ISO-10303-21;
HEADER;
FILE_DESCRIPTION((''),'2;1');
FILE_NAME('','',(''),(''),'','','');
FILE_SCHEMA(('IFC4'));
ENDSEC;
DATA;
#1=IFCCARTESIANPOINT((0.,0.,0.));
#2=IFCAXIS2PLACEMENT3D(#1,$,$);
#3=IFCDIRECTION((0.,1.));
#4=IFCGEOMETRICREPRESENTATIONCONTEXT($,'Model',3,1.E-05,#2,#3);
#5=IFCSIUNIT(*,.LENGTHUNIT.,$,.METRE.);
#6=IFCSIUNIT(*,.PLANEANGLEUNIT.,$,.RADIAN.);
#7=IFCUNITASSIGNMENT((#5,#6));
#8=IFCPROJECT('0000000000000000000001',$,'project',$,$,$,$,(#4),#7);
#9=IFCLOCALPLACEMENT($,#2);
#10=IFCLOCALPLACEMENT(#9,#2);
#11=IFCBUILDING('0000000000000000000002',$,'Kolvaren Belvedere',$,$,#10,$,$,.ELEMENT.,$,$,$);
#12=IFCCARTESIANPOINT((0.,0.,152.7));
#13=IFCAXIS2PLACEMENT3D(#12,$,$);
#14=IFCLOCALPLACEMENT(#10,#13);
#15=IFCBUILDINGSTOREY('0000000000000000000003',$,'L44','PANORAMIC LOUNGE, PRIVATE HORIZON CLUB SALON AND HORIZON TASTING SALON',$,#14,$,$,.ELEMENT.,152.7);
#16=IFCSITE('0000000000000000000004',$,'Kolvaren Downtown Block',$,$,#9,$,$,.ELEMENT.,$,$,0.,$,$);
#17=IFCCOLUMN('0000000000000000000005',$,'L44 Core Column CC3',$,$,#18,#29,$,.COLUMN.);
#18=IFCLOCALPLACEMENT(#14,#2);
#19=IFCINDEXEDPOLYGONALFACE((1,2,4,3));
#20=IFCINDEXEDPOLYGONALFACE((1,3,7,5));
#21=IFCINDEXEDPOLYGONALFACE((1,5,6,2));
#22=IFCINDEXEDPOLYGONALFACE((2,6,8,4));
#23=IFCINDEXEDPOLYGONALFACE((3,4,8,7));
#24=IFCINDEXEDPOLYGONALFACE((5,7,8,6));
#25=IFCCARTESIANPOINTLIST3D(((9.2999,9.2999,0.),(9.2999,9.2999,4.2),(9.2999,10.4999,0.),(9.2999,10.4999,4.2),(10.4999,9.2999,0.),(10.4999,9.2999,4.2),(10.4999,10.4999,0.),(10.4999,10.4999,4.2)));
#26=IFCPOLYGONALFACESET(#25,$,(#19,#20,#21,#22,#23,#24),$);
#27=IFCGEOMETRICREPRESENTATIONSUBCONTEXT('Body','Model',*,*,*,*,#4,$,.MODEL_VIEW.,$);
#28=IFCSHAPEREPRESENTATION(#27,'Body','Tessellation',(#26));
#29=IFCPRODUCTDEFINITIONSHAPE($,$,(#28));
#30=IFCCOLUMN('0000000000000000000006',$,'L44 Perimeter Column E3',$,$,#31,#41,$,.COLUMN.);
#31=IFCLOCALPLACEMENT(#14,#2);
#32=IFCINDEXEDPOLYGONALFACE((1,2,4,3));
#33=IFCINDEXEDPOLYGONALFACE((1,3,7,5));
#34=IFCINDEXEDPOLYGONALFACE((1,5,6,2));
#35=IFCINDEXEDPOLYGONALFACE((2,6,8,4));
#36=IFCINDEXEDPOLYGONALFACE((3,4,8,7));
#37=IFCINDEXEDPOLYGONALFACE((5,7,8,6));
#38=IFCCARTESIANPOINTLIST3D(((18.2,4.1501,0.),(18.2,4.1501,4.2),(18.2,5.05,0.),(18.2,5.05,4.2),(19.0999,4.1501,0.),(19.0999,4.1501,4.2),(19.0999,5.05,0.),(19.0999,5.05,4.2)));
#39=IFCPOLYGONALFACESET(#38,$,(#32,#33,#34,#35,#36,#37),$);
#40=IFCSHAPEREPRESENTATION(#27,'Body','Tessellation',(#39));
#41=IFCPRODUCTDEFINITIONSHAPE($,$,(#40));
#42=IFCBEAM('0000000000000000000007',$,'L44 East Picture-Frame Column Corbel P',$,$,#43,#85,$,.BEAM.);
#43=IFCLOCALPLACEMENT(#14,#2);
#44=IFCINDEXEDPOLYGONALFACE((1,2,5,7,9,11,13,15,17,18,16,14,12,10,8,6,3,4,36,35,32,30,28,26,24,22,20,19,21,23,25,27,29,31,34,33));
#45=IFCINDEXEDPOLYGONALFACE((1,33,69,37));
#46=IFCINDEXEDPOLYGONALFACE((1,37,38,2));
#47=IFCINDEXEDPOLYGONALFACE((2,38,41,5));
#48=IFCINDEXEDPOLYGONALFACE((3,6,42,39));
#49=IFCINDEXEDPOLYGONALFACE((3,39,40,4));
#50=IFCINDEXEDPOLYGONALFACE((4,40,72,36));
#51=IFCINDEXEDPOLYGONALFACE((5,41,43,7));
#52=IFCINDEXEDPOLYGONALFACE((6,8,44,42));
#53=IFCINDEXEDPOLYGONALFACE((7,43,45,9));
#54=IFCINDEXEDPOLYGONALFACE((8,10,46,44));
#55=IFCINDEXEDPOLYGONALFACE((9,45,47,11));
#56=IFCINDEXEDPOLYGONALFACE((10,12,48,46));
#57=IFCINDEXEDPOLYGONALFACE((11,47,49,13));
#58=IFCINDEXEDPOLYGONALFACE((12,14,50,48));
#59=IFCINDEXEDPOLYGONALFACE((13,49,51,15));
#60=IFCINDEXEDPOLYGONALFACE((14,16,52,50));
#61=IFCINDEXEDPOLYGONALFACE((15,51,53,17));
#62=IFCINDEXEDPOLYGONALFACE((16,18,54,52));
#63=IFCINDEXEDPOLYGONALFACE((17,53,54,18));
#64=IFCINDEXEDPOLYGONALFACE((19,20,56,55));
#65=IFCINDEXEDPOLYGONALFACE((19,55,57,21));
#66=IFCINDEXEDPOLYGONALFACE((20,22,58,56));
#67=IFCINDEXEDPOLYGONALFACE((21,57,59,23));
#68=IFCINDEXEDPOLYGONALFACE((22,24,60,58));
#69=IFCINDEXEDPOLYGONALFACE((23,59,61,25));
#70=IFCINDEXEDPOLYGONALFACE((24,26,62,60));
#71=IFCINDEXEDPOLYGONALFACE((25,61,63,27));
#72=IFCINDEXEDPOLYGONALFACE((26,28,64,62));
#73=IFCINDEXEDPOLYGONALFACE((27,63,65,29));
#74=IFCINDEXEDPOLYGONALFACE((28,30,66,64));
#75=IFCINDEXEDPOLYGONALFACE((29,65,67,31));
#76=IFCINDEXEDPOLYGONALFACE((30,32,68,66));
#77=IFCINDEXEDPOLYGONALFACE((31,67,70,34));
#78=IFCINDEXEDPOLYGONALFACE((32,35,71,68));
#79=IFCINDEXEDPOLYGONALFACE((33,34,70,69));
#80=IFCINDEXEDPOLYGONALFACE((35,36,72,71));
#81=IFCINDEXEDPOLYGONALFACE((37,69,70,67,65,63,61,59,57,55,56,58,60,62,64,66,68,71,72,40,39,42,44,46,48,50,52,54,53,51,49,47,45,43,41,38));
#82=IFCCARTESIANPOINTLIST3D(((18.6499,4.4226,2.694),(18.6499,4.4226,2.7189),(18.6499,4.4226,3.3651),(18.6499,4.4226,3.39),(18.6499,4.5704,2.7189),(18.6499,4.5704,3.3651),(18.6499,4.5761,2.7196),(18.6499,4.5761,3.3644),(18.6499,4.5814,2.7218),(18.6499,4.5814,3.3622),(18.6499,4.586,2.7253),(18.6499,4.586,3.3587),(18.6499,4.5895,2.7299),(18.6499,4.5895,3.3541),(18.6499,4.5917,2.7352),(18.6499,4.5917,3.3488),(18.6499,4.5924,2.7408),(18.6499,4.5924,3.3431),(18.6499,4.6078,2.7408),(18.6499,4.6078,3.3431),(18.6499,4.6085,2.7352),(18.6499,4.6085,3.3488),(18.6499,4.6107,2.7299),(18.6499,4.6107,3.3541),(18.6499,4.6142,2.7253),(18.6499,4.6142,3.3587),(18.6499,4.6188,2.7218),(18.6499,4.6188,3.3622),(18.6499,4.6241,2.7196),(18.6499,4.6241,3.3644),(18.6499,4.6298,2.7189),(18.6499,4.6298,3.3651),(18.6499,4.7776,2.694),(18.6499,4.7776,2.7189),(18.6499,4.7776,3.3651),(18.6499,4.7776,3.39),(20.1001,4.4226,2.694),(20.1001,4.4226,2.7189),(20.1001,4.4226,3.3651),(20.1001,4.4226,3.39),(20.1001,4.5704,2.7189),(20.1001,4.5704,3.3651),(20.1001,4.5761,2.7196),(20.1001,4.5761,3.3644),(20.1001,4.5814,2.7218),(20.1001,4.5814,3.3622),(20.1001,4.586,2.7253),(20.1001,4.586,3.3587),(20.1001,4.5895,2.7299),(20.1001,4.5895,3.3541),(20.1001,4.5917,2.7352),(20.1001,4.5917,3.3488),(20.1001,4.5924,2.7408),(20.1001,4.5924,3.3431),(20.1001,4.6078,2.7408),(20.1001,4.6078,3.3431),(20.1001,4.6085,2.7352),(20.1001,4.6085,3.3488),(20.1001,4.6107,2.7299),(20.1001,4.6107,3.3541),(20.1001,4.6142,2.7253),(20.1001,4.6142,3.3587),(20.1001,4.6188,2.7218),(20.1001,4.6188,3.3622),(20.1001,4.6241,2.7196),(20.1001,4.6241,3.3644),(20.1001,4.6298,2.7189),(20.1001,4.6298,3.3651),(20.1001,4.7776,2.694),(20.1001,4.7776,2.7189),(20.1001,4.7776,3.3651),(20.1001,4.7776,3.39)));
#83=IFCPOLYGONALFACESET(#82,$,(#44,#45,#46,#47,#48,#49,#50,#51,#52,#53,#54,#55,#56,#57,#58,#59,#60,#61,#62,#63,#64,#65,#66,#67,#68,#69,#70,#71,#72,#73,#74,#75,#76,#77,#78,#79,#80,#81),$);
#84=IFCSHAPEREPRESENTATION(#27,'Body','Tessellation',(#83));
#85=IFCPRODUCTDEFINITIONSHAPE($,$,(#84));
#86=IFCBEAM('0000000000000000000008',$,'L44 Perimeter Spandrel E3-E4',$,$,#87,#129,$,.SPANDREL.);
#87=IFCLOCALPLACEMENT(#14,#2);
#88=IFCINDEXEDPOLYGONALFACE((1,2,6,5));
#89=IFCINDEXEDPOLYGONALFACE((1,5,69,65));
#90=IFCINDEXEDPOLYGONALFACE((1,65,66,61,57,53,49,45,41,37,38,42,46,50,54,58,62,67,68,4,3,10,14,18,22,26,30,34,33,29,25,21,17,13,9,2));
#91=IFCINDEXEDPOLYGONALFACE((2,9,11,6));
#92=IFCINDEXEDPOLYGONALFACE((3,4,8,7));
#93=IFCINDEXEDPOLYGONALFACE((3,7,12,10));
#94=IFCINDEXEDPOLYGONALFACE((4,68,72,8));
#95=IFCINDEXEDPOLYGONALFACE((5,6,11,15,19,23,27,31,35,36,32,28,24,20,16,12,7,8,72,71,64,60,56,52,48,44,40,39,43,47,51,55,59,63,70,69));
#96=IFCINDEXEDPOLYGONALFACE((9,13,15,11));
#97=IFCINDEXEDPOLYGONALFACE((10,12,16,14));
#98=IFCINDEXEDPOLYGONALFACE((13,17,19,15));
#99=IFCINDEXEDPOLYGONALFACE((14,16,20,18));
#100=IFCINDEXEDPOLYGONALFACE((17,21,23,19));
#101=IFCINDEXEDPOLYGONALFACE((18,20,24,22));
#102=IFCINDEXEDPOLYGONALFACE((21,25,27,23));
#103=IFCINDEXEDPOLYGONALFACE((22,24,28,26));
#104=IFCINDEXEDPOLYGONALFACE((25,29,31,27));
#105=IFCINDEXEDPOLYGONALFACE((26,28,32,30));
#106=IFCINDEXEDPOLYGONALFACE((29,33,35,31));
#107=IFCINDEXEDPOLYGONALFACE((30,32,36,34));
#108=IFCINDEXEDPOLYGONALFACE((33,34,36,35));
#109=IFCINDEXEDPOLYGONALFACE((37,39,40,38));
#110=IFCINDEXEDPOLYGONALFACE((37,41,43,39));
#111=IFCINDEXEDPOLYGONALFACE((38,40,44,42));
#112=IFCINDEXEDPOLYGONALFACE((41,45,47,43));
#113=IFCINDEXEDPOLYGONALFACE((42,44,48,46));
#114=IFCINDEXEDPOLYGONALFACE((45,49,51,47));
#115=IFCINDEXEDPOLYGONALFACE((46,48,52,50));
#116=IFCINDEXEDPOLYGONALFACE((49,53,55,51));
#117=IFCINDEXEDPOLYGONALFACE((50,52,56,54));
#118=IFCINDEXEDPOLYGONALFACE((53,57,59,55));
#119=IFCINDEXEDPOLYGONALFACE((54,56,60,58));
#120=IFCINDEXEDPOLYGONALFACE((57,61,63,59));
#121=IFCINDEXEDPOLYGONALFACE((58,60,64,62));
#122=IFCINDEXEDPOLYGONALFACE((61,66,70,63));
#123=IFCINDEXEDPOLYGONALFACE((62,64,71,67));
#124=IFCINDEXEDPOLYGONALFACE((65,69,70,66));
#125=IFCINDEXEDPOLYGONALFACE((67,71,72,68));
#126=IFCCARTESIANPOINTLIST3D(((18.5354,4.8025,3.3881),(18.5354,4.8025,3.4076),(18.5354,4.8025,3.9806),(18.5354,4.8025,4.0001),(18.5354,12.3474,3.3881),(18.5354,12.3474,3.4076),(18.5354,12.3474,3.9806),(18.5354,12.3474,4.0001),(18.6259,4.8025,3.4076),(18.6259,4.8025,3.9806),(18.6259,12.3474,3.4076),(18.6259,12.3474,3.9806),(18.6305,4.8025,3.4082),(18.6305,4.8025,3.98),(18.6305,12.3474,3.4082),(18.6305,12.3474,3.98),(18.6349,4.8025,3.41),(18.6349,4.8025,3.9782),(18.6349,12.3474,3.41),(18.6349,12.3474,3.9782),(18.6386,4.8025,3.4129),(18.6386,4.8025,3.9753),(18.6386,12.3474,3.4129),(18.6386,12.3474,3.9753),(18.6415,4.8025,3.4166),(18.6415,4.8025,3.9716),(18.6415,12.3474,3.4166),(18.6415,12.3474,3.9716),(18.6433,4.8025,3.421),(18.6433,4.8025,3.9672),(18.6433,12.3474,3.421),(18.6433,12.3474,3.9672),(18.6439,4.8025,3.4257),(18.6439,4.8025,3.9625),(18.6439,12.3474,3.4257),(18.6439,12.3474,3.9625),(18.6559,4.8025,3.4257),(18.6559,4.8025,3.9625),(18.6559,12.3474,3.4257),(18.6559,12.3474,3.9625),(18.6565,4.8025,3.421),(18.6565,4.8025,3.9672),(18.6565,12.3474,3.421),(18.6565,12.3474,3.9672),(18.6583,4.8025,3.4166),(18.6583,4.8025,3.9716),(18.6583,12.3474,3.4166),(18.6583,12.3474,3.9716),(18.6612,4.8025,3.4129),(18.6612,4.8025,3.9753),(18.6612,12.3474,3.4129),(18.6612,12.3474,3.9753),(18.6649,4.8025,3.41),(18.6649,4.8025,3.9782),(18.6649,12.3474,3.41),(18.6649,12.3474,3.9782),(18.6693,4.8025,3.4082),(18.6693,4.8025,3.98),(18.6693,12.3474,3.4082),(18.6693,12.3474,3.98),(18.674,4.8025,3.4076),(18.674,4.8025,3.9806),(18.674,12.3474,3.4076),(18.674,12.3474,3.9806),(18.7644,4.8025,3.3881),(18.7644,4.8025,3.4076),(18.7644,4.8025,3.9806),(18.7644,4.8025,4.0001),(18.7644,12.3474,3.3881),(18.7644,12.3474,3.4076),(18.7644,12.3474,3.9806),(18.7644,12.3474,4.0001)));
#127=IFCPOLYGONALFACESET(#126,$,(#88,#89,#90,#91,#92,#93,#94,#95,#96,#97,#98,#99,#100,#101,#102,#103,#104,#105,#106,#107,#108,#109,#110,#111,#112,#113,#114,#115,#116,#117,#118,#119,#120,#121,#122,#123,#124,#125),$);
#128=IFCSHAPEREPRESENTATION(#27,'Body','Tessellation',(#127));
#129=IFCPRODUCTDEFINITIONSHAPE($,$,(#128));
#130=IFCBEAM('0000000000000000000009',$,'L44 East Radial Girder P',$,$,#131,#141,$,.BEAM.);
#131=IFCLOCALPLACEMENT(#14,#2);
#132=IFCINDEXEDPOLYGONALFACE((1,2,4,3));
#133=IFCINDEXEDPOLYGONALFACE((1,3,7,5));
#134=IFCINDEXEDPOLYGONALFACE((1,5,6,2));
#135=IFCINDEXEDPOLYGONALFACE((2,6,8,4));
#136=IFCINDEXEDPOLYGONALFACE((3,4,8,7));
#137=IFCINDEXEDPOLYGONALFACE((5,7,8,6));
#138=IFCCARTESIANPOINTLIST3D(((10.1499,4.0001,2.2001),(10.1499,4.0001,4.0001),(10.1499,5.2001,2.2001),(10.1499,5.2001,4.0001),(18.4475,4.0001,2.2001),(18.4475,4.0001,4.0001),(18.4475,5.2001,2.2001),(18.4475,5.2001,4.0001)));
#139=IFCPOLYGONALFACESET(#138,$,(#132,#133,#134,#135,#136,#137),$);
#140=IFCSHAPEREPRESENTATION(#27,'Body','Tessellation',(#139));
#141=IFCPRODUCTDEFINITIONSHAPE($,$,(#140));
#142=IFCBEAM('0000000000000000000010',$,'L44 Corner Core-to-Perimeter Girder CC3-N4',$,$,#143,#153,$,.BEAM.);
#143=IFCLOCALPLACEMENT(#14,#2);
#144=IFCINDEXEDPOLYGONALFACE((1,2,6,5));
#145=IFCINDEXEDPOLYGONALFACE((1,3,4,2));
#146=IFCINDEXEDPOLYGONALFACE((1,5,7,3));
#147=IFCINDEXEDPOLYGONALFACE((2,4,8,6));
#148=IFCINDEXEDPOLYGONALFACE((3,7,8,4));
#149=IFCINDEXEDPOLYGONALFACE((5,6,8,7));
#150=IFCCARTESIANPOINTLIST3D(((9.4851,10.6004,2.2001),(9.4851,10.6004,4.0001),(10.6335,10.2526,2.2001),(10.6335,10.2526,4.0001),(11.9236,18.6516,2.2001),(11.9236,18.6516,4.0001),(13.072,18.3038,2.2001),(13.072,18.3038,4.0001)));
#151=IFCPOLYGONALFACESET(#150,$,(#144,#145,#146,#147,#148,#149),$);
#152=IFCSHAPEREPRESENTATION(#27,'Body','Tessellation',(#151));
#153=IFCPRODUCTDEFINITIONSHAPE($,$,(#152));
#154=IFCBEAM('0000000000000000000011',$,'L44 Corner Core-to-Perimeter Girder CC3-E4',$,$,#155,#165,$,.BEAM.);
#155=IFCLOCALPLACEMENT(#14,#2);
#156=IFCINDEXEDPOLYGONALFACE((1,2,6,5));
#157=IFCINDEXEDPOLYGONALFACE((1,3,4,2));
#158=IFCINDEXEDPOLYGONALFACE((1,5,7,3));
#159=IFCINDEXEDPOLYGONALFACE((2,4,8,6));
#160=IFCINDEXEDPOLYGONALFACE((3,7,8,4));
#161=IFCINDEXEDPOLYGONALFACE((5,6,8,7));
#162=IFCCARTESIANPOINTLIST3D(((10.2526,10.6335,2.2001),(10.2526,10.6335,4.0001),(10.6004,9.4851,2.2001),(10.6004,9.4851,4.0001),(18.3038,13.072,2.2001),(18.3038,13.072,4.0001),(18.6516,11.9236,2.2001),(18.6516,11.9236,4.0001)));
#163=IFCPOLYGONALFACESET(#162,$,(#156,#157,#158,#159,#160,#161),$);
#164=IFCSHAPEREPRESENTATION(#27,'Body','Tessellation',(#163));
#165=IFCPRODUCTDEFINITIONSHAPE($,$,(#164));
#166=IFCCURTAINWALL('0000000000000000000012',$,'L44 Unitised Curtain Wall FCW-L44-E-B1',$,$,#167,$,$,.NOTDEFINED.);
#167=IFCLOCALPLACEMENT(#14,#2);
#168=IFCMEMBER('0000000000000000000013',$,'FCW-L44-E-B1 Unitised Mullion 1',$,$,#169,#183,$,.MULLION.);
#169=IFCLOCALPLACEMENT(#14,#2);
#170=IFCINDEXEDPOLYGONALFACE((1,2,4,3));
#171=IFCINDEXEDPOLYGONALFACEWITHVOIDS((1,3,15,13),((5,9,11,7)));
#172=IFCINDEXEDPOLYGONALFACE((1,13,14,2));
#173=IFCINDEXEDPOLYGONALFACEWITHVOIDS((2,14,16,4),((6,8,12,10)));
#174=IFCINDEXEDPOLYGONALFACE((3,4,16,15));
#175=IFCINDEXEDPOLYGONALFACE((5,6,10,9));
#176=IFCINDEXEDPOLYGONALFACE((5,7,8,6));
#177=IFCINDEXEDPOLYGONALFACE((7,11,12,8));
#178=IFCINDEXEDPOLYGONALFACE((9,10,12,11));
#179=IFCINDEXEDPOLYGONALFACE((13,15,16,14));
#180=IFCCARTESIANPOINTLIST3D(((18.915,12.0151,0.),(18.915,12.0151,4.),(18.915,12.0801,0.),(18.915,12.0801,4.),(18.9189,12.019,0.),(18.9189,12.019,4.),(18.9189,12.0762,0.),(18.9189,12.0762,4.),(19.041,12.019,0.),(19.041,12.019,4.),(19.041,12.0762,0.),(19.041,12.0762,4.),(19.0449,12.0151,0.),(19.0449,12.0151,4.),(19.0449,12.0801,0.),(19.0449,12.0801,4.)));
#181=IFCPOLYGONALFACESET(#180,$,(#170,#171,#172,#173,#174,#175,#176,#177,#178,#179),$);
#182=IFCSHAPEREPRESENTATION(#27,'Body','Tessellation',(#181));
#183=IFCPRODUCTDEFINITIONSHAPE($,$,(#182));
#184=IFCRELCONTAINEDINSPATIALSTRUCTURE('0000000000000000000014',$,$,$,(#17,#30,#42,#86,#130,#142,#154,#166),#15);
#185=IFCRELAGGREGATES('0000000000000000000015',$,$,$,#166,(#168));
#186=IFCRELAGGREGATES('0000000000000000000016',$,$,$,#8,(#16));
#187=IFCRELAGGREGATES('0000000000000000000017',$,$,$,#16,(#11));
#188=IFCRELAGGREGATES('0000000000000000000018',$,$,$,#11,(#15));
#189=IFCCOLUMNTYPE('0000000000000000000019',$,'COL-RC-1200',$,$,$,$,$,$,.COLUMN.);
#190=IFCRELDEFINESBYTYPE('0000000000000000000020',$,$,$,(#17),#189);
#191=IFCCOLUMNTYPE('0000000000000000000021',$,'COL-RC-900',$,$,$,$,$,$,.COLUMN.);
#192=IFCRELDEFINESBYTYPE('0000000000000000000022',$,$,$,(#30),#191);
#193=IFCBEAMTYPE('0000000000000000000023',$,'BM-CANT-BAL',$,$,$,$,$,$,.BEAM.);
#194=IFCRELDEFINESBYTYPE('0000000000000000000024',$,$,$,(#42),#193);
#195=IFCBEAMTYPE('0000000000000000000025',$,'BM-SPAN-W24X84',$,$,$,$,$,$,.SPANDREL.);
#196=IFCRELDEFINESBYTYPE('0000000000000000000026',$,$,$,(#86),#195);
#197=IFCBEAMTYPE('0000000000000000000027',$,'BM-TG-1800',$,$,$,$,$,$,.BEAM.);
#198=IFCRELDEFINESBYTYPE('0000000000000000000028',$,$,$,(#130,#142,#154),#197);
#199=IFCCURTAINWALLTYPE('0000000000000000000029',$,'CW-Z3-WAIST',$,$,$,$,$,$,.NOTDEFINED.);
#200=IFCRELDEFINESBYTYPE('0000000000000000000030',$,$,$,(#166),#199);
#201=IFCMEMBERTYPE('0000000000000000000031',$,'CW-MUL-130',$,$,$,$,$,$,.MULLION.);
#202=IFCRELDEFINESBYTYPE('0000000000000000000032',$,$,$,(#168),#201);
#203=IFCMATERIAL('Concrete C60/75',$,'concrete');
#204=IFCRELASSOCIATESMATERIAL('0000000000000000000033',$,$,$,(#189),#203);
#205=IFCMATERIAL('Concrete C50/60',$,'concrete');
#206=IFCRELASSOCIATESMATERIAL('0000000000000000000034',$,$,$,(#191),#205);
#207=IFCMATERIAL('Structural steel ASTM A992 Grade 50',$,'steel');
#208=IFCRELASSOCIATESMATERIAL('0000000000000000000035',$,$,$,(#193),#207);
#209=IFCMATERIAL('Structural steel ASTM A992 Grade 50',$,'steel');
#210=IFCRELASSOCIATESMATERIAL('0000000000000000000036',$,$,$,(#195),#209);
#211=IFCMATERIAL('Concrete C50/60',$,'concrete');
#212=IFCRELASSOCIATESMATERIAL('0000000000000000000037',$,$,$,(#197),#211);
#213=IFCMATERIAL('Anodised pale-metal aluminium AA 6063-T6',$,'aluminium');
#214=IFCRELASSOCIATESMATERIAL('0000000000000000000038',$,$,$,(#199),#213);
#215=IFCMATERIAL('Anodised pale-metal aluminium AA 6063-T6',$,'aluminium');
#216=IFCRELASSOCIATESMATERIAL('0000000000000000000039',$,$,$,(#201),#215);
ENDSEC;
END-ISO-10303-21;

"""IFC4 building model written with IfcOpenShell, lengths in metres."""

from ifc_helpers import new_model, si_unit, direction, frame, origin, origin_2d, place, context, subcontext, project, spatial, rectangle, hollow_rectangle, i_section, extrude, material, material_profile, profile_set, type_object, element, aggregate, save


model = new_model("IFC4")

# Units and contexts
model_context = context("Model", 3, precision=1e-05, world=origin(), true_north=direction((0.0, 1.0)))
body_context = subcontext(model_context, "Body", "Model", "MODEL_VIEW")
ifc_project = project(units=[si_unit("LENGTHUNIT", "METRE"), si_unit("PLANEANGLEUNIT", "RADIAN")], contexts=[model_context])

# Site, building, storey
site_placement = place(None, origin())
site = spatial("IfcSite", under=ifc_project, at=site_placement, Name="Kolvaren Downtown Block", CompositionType="ELEMENT", RefElevation=0.0)
building_placement = place(site_placement, origin())
building = spatial("IfcBuilding", under=site, at=building_placement, Name="Kolvaren Belvedere", CompositionType="ELEMENT")
storey_placement = place(building_placement, frame((0.0, 0.0, 152.7)))
storey = spatial("IfcBuildingStorey", under=building, at=storey_placement, Name="L44", Description="PANORAMIC LOUNGE, PRIVATE HORIZON CLUB SALON AND HORIZON TASTING SALON", CompositionType="ELEMENT", Elevation=152.7)

# Columns
ifc_material_1 = material(Name="Concrete C60/75", Category="concrete")
ifc_material_profile_1 = material_profile(ifc_material_1, rectangle(XDim=1.2, YDim=1.2, at=origin_2d()), Name="RC 1200X1200")
ifc_profile_set_1 = profile_set([ifc_material_profile_1], Name="Concrete C60/75")
column_type_1 = type_object("IfcColumnType", Name="COL-RC-1200", PredefinedType="COLUMN", material=ifc_profile_set_1)
column_1_placement = place(storey_placement, frame((9.8999, 9.8999, 0.0), z_axis=(0.0, 0.0, 1.0), x_axis=(1.0, 0.0, 0.0)))
element("IfcColumn", 1, at=column_1_placement, inside=storey, type_object=column_type_1, Name="L44 Core Column CC3", PredefinedType="COLUMN", context=body_context, shape_type="SweptSolid", body=[
    extrude(rectangle(XDim=1.2, YDim=1.2, at=origin_2d()), origin(), (0.0, 0.0, 1.0), 4.2),
])
ifc_material_2 = material(Name="Concrete C50/60", Category="concrete")
ifc_material_profile_2 = material_profile(ifc_material_2, rectangle(XDim=0.8999, YDim=0.8999, at=origin_2d()), Name="RC 900X900")
ifc_profile_set_2 = profile_set([ifc_material_profile_2], Name="Concrete C50/60")
column_type_2 = type_object("IfcColumnType", Name="COL-RC-900", PredefinedType="COLUMN", material=ifc_profile_set_2)
column_2_placement = place(storey_placement, frame((18.6499, 4.6001, 0.0), z_axis=(0.0, 0.0, 1.0), x_axis=(1.0, 0.0, 0.0)))
element("IfcColumn", 2, at=column_2_placement, inside=storey, type_object=column_type_2, Name="L44 Perimeter Column E3", PredefinedType="COLUMN", context=body_context, shape_type="SweptSolid", body=[
    extrude(rectangle(XDim=0.8999, YDim=0.8999, at=origin_2d()), origin(), (0.0, 0.0, 1.0), 4.2),
])

# Beams
ifc_material_3 = material(Name="Structural steel ASTM A992 Grade 50", Category="steel")
ifc_material_profile_3 = material_profile(ifc_material_3, i_section(OverallWidth=0.355, OverallDepth=0.696, WebThickness=0.0154, FlangeThickness=0.0249, FilletRadius=0.022, at=origin_2d()), Name="W27X146")
ifc_profile_set_3 = profile_set([ifc_material_profile_3], Name="Structural steel ASTM A992 Grade 50")
beam_type_1 = type_object("IfcBeamType", Name="BM-CANT-BAL", PredefinedType="BEAM", material=ifc_profile_set_3)
beam_1_placement = place(storey_placement, frame((18.6499, 4.6001, 3.042), z_axis=(1.0, 0.0, 0.0), x_axis=(0.0, 1.0, 0.0)))
element("IfcBeam", 3, at=beam_1_placement, inside=storey, type_object=beam_type_1, Name="L44 East Picture-Frame Column Corbel P", PredefinedType="BEAM", context=body_context, shape_type="SweptSolid", body=[
    extrude(i_section(OverallWidth=0.355, OverallDepth=0.696, WebThickness=0.0154, FlangeThickness=0.0249, FilletRadius=0.022, at=origin_2d()), origin(), (0.0, 0.0, 1.0), 1.4502),
])
ifc_material_4 = material(Name="Structural steel ASTM A992 Grade 50", Category="steel")
ifc_material_profile_4 = material_profile(ifc_material_4, i_section(OverallWidth=0.229, OverallDepth=0.6121, WebThickness=0.012, FlangeThickness=0.0195, FilletRadius=0.0181, at=origin_2d()), Name="W24X84")
ifc_profile_set_4 = profile_set([ifc_material_profile_4], Name="Structural steel ASTM A992 Grade 50")
beam_type_2 = type_object("IfcBeamType", Name="BM-SPAN-W24X84", PredefinedType="SPANDREL", material=ifc_profile_set_4)
beam_2_placement = place(storey_placement, frame((18.6499, 4.8025, 3.6941), z_axis=(0.0, 1.0, 0.0), x_axis=(-1.0, 0.0, 0.0)))
element("IfcBeam", 4, at=beam_2_placement, inside=storey, type_object=beam_type_2, Name="L44 Perimeter Spandrel E3-E4", PredefinedType="SPANDREL", context=body_context, shape_type="SweptSolid", body=[
    extrude(i_section(OverallWidth=0.229, OverallDepth=0.6121, WebThickness=0.012, FlangeThickness=0.0195, FilletRadius=0.0181, at=origin_2d()), origin(), (0.0, 0.0, 1.0), 7.5449),
])
ifc_material_5 = material(Name="Concrete C50/60", Category="concrete")
ifc_material_profile_5 = material_profile(ifc_material_5, rectangle(XDim=1.2, YDim=1.8, at=origin_2d()), Name="RC 1200X1800")
ifc_profile_set_5 = profile_set([ifc_material_profile_5], Name="Concrete C50/60")
beam_type_3 = type_object("IfcBeamType", Name="BM-TG-1800", PredefinedType="BEAM", material=ifc_profile_set_5)
beam_3_placement = place(storey_placement, frame((10.1499, 4.6001, 3.1001), z_axis=(1.0, 0.0, 0.0), x_axis=(0.0, 1.0, 0.0)))
element("IfcBeam", 5, at=beam_3_placement, inside=storey, type_object=beam_type_3, Name="L44 East Radial Girder P", PredefinedType="BEAM", context=body_context, shape_type="SweptSolid", body=[
    extrude(rectangle(XDim=1.2, YDim=1.8, at=origin_2d()), origin(), (0.0, 0.0, 1.0), 8.2976),
])
for number, where, z_axis, x_axis, name in (
    (6, (10.0593, 10.4265, 3.1001), (0.289866, 0.957067, 0.0), (-0.957067, 0.289866, 0.0), "L44 Corner Core-to-Perimeter Girder CC3-N4"),
    (7, (10.4265, 10.0593, 3.1001), (0.957067, 0.289866, 0.0), (-0.289866, 0.957067, 0.0), "L44 Corner Core-to-Perimeter Girder CC3-E4"),
):
    element("IfcBeam", number, at=place(storey_placement, frame(where, z_axis=z_axis, x_axis=x_axis)), inside=storey, type_object=beam_type_3, Name=name, PredefinedType="BEAM", context=body_context, shape_type="SweptSolid", body=[
        extrude(rectangle(XDim=1.2, YDim=1.8, at=origin_2d()), origin(), (0.0, 0.0, 1.0), 8.4124),
    ])

# Curtain wall, member
ifc_material_6 = material(Name="Anodised pale-metal aluminium AA 6063-T6", Category="aluminium")
curtain_wall_type = type_object("IfcCurtainWallType", Name="CW-Z3-WAIST", PredefinedType="NOTDEFINED", material=ifc_material_6)
curtain_wall_1_placement = place(storey_placement, origin())
curtain_wall_1 = element("IfcCurtainWall", 8, at=curtain_wall_1_placement, inside=storey, type_object=curtain_wall_type, Name="L44 Unitised Curtain Wall FCW-L44-E-B1", PredefinedType="NOTDEFINED")
ifc_material_7 = material(Name="Anodised pale-metal aluminium AA 6063-T6", Category="aluminium")
ifc_material_profile_6 = material_profile(ifc_material_7, hollow_rectangle(XDim=0.0649, YDim=0.1299, WallThickness=0.0039, at=origin_2d()), Name="ALU-MUL-130X65")
ifc_profile_set_6 = profile_set([ifc_material_profile_6], Name="Anodised pale-metal aluminium AA 6063-T6")
member_type_1 = type_object("IfcMemberType", Name="CW-MUL-130", PredefinedType="MULLION", material=ifc_profile_set_6)
member_1_placement = place(storey_placement, frame((18.98, 12.0476, 0.0), z_axis=(0.0, 0.0, 1.0), x_axis=(0.0, 1.0, 0.0)))
member_1 = element("IfcMember", 9, at=member_1_placement, type_object=member_type_1, Name="FCW-L44-E-B1 Unitised Mullion 1", PredefinedType="MULLION", context=body_context, shape_type="SweptSolid", body=[
    extrude(hollow_rectangle(XDim=0.0649, YDim=0.1299, WallThickness=0.0039, at=origin_2d()), origin(), (0.0, 0.0, 1.0), 4.0),
])

aggregate(curtain_wall_1, [member_1])

save(model, "model.ifc")
